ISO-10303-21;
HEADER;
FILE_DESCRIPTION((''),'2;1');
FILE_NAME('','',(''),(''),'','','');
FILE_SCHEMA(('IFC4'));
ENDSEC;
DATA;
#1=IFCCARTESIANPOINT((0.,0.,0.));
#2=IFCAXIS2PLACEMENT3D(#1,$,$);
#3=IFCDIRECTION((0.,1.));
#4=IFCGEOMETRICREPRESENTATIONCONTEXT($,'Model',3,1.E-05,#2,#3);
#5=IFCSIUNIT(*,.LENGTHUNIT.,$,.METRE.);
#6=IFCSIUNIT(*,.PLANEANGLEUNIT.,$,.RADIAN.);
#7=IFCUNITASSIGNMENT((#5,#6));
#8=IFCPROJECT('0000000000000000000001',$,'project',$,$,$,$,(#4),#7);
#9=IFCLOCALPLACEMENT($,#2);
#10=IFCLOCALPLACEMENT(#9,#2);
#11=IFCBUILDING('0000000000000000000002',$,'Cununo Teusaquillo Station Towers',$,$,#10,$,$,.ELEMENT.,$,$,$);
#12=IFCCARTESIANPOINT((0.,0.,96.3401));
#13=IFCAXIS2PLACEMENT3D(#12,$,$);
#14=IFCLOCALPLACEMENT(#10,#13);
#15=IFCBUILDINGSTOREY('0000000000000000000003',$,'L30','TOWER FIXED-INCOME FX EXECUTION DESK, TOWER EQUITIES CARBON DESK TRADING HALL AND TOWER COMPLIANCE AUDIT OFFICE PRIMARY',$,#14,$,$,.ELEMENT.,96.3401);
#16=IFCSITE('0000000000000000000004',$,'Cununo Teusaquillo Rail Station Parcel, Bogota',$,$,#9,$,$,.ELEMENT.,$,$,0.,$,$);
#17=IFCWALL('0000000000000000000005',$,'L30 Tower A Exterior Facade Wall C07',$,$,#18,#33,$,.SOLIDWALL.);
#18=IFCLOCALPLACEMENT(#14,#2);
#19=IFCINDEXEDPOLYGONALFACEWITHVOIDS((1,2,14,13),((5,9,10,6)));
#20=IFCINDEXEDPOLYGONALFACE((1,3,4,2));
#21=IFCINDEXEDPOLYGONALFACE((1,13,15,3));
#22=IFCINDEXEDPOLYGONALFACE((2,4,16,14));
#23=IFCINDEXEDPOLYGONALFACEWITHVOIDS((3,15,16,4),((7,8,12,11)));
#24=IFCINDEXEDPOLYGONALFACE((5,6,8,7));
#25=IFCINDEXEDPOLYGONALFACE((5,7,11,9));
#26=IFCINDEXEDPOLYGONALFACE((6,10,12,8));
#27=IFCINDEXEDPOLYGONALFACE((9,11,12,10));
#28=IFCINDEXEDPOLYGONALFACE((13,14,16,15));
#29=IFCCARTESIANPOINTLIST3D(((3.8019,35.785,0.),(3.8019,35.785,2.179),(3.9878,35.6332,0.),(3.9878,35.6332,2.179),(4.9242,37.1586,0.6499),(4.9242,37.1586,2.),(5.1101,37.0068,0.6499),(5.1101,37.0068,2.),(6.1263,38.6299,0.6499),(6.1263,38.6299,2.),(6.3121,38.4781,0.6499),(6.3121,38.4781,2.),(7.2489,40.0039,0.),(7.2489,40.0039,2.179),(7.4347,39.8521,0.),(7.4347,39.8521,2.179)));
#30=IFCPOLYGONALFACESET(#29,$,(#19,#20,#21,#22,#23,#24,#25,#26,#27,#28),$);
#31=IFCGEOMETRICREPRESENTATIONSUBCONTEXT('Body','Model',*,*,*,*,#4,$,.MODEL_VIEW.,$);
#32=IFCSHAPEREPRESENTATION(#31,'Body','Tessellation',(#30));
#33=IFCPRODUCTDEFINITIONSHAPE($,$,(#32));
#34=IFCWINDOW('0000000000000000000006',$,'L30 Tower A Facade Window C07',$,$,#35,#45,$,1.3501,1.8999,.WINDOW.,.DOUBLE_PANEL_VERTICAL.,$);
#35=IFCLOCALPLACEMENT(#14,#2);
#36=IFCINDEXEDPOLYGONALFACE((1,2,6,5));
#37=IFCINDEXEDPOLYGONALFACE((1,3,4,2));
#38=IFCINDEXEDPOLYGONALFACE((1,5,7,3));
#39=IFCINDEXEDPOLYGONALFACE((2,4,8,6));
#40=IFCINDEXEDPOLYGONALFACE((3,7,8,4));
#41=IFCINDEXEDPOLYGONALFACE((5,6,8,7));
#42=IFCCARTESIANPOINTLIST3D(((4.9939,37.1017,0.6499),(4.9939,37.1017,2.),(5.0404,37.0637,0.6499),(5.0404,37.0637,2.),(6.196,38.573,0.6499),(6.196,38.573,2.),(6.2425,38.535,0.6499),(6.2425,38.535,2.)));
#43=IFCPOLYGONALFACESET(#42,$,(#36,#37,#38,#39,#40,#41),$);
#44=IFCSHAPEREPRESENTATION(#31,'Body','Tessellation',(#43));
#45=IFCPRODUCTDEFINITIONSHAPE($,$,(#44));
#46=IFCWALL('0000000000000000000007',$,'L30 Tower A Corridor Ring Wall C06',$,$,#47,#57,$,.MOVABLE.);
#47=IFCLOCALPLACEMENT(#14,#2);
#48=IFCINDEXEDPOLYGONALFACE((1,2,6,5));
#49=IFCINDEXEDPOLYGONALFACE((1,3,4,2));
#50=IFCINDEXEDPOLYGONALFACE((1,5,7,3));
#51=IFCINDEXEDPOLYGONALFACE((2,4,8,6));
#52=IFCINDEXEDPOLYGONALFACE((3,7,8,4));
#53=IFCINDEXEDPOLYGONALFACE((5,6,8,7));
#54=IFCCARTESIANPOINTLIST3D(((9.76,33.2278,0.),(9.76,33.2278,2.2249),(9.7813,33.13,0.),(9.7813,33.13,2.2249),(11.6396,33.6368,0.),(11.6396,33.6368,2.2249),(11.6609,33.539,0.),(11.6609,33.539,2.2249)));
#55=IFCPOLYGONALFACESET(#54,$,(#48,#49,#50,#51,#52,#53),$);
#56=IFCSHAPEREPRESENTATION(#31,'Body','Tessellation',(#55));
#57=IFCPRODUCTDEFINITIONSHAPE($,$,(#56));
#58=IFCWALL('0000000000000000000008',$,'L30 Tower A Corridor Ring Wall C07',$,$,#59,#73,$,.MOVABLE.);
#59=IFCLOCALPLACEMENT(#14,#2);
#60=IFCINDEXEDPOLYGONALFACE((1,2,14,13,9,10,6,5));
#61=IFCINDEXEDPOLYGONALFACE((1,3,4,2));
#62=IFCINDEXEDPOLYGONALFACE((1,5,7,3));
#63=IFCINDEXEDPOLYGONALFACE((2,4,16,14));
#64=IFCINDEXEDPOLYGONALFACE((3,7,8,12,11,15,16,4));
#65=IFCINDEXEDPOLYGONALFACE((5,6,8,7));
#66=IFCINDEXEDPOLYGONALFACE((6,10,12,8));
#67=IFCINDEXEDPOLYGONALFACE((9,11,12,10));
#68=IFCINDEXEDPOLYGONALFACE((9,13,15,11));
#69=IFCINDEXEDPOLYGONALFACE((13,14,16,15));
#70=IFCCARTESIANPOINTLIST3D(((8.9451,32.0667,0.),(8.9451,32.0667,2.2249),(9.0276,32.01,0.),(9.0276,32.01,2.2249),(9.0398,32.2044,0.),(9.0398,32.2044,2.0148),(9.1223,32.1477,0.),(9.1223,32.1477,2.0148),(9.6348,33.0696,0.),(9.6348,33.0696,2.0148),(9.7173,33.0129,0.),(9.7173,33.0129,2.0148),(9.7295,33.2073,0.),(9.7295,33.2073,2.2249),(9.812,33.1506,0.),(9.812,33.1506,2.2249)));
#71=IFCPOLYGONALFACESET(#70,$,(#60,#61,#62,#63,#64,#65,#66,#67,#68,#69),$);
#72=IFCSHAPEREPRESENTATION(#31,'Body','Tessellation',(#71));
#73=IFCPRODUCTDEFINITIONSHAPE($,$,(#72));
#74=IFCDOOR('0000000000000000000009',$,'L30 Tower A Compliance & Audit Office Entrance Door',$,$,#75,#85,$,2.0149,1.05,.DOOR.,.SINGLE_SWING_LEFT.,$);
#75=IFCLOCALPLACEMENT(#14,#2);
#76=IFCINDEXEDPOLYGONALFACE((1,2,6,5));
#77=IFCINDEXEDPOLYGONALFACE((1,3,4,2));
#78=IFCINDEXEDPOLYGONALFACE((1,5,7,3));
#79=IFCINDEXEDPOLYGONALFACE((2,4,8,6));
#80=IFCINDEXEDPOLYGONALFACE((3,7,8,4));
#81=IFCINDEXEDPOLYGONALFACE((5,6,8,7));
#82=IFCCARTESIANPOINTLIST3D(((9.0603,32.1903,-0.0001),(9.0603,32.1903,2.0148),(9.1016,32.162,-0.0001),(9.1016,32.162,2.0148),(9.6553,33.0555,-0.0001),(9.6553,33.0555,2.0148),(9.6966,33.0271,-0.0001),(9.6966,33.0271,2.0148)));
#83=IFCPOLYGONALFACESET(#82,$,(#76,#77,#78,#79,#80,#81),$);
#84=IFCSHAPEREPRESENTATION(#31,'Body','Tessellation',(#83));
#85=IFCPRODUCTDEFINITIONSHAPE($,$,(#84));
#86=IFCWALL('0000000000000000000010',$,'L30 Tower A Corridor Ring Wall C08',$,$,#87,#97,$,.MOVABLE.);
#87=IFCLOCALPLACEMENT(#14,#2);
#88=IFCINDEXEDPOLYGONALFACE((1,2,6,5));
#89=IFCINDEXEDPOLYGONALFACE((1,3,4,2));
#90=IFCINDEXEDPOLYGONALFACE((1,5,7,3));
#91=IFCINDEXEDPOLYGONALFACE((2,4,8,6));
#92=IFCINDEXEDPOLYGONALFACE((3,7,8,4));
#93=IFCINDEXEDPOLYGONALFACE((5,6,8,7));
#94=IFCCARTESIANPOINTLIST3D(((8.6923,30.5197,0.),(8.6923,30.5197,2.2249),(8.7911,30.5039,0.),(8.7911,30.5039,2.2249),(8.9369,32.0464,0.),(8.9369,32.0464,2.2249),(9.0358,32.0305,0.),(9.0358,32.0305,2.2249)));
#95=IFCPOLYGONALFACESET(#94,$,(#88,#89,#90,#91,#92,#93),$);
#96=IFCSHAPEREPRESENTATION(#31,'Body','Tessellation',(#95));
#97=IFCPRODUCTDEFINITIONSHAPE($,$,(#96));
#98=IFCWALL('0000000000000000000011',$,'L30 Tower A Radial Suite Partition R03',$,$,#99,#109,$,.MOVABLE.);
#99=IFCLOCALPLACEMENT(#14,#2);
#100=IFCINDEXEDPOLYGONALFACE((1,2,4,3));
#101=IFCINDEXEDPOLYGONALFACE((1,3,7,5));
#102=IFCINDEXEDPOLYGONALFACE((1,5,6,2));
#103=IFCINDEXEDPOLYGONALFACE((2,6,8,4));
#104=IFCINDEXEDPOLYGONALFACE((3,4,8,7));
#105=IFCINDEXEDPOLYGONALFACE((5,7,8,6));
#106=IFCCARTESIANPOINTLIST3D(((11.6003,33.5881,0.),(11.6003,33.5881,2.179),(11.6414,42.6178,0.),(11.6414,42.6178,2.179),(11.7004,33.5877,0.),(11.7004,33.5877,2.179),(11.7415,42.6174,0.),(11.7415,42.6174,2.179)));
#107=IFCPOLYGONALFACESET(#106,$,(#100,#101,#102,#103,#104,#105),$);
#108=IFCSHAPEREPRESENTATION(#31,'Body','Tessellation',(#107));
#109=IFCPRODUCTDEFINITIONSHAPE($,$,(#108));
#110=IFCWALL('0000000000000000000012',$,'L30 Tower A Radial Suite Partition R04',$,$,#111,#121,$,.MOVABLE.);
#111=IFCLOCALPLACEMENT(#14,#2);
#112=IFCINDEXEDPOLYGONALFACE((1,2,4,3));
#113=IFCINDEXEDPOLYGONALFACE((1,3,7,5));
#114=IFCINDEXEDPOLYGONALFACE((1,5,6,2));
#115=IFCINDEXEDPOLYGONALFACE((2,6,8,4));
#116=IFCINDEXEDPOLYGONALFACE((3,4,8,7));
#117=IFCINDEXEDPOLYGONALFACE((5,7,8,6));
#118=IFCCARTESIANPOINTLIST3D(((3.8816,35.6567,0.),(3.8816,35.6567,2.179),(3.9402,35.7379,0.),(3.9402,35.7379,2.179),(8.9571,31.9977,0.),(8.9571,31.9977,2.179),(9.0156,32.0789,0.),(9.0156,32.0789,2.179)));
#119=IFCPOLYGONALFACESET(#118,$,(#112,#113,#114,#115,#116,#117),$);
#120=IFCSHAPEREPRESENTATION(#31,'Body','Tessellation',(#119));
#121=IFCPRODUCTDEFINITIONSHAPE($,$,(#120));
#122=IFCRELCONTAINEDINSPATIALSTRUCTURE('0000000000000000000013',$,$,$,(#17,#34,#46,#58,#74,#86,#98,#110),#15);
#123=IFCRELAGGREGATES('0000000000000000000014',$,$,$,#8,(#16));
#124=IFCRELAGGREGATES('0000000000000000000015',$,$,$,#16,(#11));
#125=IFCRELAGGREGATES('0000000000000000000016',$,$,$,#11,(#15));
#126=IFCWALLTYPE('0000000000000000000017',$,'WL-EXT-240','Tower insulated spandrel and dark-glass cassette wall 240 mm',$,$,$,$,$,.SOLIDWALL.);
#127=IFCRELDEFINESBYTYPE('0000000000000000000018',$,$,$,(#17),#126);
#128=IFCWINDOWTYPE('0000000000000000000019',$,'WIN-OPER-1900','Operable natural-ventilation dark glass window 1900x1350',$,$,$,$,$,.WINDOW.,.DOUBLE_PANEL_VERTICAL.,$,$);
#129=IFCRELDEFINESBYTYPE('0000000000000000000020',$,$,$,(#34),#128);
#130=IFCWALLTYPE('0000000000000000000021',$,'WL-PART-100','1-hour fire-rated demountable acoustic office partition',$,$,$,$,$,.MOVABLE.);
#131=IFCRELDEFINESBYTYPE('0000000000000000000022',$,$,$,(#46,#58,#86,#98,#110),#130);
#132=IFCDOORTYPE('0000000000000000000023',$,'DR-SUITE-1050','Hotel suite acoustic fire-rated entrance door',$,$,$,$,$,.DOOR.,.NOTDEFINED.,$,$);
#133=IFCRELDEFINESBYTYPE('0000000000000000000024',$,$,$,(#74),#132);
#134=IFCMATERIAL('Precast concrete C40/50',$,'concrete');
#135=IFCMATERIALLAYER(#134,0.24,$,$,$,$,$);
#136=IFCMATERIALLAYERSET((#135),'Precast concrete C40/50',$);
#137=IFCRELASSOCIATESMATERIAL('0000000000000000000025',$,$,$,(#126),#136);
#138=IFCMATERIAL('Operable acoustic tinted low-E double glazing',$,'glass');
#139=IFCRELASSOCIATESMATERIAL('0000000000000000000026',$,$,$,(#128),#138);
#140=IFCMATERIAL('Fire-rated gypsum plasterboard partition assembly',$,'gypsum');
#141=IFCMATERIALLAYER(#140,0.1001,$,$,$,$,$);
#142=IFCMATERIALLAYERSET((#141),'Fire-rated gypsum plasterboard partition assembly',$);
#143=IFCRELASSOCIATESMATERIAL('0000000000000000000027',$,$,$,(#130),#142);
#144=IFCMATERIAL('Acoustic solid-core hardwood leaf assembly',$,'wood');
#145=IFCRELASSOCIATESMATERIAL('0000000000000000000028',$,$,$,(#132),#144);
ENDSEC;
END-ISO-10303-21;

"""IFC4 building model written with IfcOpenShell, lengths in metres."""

from ifc_helpers import new_model, si_unit, direction, frame, frame_2d, origin, place, context, subcontext, project, spatial, rectangle, extrude, source, transform, mapped, material, layer, layer_set, type_object, element, fill, save


model = new_model("IFC4")

# Units and contexts
model_context = context("Model", 3, precision=1e-05, world=origin(), true_north=direction((0.0, 1.0)))
body_context = subcontext(model_context, "Body", "Model", "MODEL_VIEW")
ifc_project = project(units=[si_unit("LENGTHUNIT", "METRE"), si_unit("PLANEANGLEUNIT", "RADIAN")], contexts=[model_context])

# Site, building, storey
site_placement = place(None, origin())
site = spatial("IfcSite", under=ifc_project, at=site_placement, Name="Cununo Teusaquillo Rail Station Parcel, Bogota", CompositionType="ELEMENT", RefElevation=0.0)
building_placement = place(site_placement, origin())
building = spatial("IfcBuilding", under=site, at=building_placement, Name="Cununo Teusaquillo Station Towers", CompositionType="ELEMENT")
storey_placement = place(building_placement, frame((0.0, 0.0, 96.3401)))
storey = spatial("IfcBuildingStorey", under=building, at=storey_placement, Name="L30", Description="TOWER FIXED-INCOME FX EXECUTION DESK, TOWER EQUITIES CARBON DESK TRADING HALL AND TOWER COMPLIANCE AUDIT OFFICE PRIMARY", CompositionType="ELEMENT", Elevation=96.3401)

# Shared definitions
ifc_material_1 = material(Name="Precast concrete C40/50", Category="concrete")
ifc_layer_1 = layer(ifc_material_1, 0.24)
ifc_layer_set_1 = layer_set([ifc_layer_1], Name="Precast concrete C40/50")
wall_type_1 = type_object("IfcWallType", Name="WL-EXT-240", Description="Tower insulated spandrel and dark-glass cassette wall 240 mm", PredefinedType="SOLIDWALL", material=ifc_layer_set_1)

# Shared definitions
shared_shape_1 = source(origin(), body_context, "Body", "SweptSolid", [
    extrude(rectangle(XDim=1.8999, YDim=1.3501, at=frame_2d((0.95, 0.675))), frame((0.0, 0.1299, 0.0), z_axis=(0.0, -1.0, 0.0), x_axis=(1.0, 0.0, 0.0)), (0.0, 0.0, 1.0), 0.26),
])
ifc_material_2 = material(Name="Operable acoustic tinted low-E double glazing", Category="glass")
window_type = type_object("IfcWindowType", Name="WIN-OPER-1900", Description="Operable natural-ventilation dark glass window 1900x1350", PartitioningType="DOUBLE_PANEL_VERTICAL", PredefinedType="WINDOW", material=ifc_material_2)
shared_shape_2 = source(origin(), body_context, "Body", "SweptSolid", [
    extrude(rectangle(XDim=1.8999, YDim=1.3501, at=frame_2d((0.95, 0.675))), frame((0.0, 0.03, 0.0), z_axis=(0.0, -1.0, 0.0), x_axis=(1.0, 0.0, 0.0)), (0.0, 0.0, 1.0), 0.0601),
])

# Wall, opening, window
wall_1_placement = place(storey_placement, frame((3.8948, 35.709, 0.0), z_axis=(0.0, 0.0, 1.0), x_axis=(0.632701, 0.774396, 0.0)))
wall_1 = element("IfcWall", 1, at=wall_1_placement, inside=storey, type_object=wall_type_1, Name="L30 Tower A Exterior Facade Wall C07", PredefinedType="SOLIDWALL", context=body_context, shape_type="SweptSolid", body=[
    extrude(rectangle(XDim=5.448, YDim=0.24, at=frame_2d((2.7241, 0.0))), origin(), (0.0, 0.0, 1.0), 2.179),
])
opening_1_placement = place(wall_1_placement, frame((1.7739, 0.0, 0.6499)))
opening_1 = element("IfcOpeningElement", 2, at=opening_1_placement, cuts=wall_1, PredefinedType="OPENING", context=body_context, shape_type="MappedRepresentation", body=[
    mapped(shared_shape_1, transform((0.0, 0.0, 0.0), x_axis=(1.0, 0.0, 0.0), y_axis=(0.0, 1.0, 0.0), z_axis=(0.0, 0.0, 1.0), scale=1.0)),
])
window_1_placement = place(opening_1_placement, origin())
window_1 = element("IfcWindow", 3, at=window_1_placement, inside=storey, type_object=window_type, Name="L30 Tower A Facade Window C07", OverallHeight=1.3501, OverallWidth=1.8999, PartitioningType="DOUBLE_PANEL_VERTICAL", PredefinedType="WINDOW", context=body_context, shape_type="MappedRepresentation", body=[
    mapped(shared_shape_2, transform((0.0, 0.0, 0.0), x_axis=(1.0, 0.0, 0.0), y_axis=(0.0, 1.0, 0.0), z_axis=(0.0, 0.0, 1.0), scale=1.0)),
])
fill(opening_1, window_1)

# Wall
ifc_material_3 = material(Name="Fire-rated gypsum plasterboard partition assembly", Category="gypsum")
ifc_layer_2 = layer(ifc_material_3, 0.1001)
ifc_layer_set_2 = layer_set([ifc_layer_2], Name="Fire-rated gypsum plasterboard partition assembly")
wall_type_2 = type_object("IfcWallType", Name="WL-PART-100", Description="1-hour fire-rated demountable acoustic office partition", PredefinedType="MOVABLE", material=ifc_layer_set_2)
wall_2_placement = place(storey_placement, frame((11.6504, 33.5879, 0.0), z_axis=(0.0, 0.0, 1.0), x_axis=(-0.977142, -0.212588, 0.0)))
element("IfcWall", 4, at=wall_2_placement, inside=storey, type_object=wall_type_2, Name="L30 Tower A Corridor Ring Wall C06", PredefinedType="MOVABLE", context=body_context, shape_type="SweptSolid", body=[
    extrude(rectangle(XDim=1.9236, YDim=0.1001, at=frame_2d((0.9619, 0.0))), origin(), (0.0, 0.0, 1.0), 2.2249),
])

# Wall, opening, door
wall_3_placement = place(storey_placement, frame((9.7708, 33.179, 0.0), z_axis=(0.0, 0.0, 1.0), x_axis=(-0.566649, -0.82396, 0.0)))
wall_3 = element("IfcWall", 5, at=wall_3_placement, inside=storey, type_object=wall_type_2, Name="L30 Tower A Corridor Ring Wall C07", PredefinedType="MOVABLE", context=body_context, shape_type="SweptSolid", body=[
    extrude(rectangle(XDim=1.3843, YDim=0.1001, at=frame_2d((0.6921, 0.0))), origin(), (0.0, 0.0, 1.0), 2.2249),
])
shared_shape_3 = source(origin(), body_context, "Body", "SweptSolid", [
    extrude(rectangle(XDim=1.05, YDim=2.0149, at=frame_2d((0.5249, 1.0073))), frame((0.0, 0.0601, 0.0), z_axis=(0.0, -1.0, 0.0), x_axis=(1.0, 0.0, 0.0)), (0.0, 0.0, 1.0), 0.1201),
])
opening_2_placement = place(wall_3_placement, frame((0.1672, 0.0, 0.0)))
opening_2 = element("IfcOpeningElement", 6, at=opening_2_placement, cuts=wall_3, PredefinedType="OPENING", context=body_context, shape_type="MappedRepresentation", body=[
    mapped(shared_shape_3, transform((0.0, 0.0, 0.0), x_axis=(1.0, 0.0, 0.0), y_axis=(0.0, 1.0, 0.0), z_axis=(0.0, 0.0, 1.0), scale=1.0)),
])
ifc_material_4 = material(Name="Acoustic solid-core hardwood leaf assembly", Category="wood")
door_type_1 = type_object("IfcDoorType", Name="DR-SUITE-1050", Description="Hotel suite acoustic fire-rated entrance door", OperationType="NOTDEFINED", PredefinedType="DOOR", material=ifc_material_4)
shared_shape_4 = source(origin(), body_context, "Body", "SweptSolid", [
    extrude(rectangle(XDim=1.05, YDim=2.0149, at=frame_2d((0.5249, 1.0073))), frame((0.0, 0.0249, 0.0), z_axis=(0.0, -1.0, 0.0), x_axis=(1.0, 0.0, 0.0)), (0.0, 0.0, 1.0), 0.05),
])
door_1_placement = place(opening_2_placement, origin())
door_1 = element("IfcDoor", 7, at=door_1_placement, inside=storey, type_object=door_type_1, Name="L30 Tower A Compliance & Audit Office Entrance Door", OperationType="SINGLE_SWING_LEFT", OverallHeight=2.0149, OverallWidth=1.05, PredefinedType="DOOR", context=body_context, shape_type="MappedRepresentation", body=[
    mapped(shared_shape_4, transform((0.0, 0.0, 0.0), x_axis=(1.0, 0.0, 0.0), y_axis=(0.0, 1.0, 0.0), z_axis=(0.0, 0.0, 1.0), scale=1.0)),
])
fill(opening_2, door_1)

# Walls
wall_4_placement = place(storey_placement, frame((8.9863, 32.0383, 0.0), z_axis=(0.0, 0.0, 1.0), x_axis=(-0.158225, -0.987403, 0.0)))
element("IfcWall", 8, at=wall_4_placement, inside=storey, type_object=wall_type_2, Name="L30 Tower A Corridor Ring Wall C08", PredefinedType="MOVABLE", context=body_context, shape_type="SweptSolid", body=[
    extrude(rectangle(XDim=1.5461, YDim=0.1001, at=frame_2d((0.7729, 0.0))), origin(), (0.0, 0.0, 1.0), 2.2249),
])
wall_5_placement = place(storey_placement, frame((11.6504, 33.5879, 0.0), z_axis=(0.0, 0.0, 1.0), x_axis=(0.004542, 0.99999, 0.0)))
element("IfcWall", 9, at=wall_5_placement, inside=storey, type_object=wall_type_2, Name="L30 Tower A Radial Suite Partition R03", PredefinedType="MOVABLE", context=body_context, shape_type="SweptSolid", body=[
    extrude(rectangle(XDim=9.0298, YDim=0.1001, at=frame_2d((4.5149, 0.0))), origin(), (0.0, 0.0, 1.0), 2.179),
])
wall_6_placement = place(storey_placement, frame((8.9863, 32.0383, 0.0), z_axis=(0.0, 0.0, 1.0), x_axis=(-0.811184, 0.584791, 0.0)))
element("IfcWall", 10, at=wall_6_placement, inside=storey, type_object=wall_type_2, Name="L30 Tower A Radial Suite Partition R04", PredefinedType="MOVABLE", context=body_context, shape_type="SweptSolid", body=[
    extrude(rectangle(XDim=6.2568, YDim=0.1001, at=frame_2d((3.1284, 0.0))), origin(), (0.0, 0.0, 1.0), 2.179),
])

save(model, "model.ifc")
